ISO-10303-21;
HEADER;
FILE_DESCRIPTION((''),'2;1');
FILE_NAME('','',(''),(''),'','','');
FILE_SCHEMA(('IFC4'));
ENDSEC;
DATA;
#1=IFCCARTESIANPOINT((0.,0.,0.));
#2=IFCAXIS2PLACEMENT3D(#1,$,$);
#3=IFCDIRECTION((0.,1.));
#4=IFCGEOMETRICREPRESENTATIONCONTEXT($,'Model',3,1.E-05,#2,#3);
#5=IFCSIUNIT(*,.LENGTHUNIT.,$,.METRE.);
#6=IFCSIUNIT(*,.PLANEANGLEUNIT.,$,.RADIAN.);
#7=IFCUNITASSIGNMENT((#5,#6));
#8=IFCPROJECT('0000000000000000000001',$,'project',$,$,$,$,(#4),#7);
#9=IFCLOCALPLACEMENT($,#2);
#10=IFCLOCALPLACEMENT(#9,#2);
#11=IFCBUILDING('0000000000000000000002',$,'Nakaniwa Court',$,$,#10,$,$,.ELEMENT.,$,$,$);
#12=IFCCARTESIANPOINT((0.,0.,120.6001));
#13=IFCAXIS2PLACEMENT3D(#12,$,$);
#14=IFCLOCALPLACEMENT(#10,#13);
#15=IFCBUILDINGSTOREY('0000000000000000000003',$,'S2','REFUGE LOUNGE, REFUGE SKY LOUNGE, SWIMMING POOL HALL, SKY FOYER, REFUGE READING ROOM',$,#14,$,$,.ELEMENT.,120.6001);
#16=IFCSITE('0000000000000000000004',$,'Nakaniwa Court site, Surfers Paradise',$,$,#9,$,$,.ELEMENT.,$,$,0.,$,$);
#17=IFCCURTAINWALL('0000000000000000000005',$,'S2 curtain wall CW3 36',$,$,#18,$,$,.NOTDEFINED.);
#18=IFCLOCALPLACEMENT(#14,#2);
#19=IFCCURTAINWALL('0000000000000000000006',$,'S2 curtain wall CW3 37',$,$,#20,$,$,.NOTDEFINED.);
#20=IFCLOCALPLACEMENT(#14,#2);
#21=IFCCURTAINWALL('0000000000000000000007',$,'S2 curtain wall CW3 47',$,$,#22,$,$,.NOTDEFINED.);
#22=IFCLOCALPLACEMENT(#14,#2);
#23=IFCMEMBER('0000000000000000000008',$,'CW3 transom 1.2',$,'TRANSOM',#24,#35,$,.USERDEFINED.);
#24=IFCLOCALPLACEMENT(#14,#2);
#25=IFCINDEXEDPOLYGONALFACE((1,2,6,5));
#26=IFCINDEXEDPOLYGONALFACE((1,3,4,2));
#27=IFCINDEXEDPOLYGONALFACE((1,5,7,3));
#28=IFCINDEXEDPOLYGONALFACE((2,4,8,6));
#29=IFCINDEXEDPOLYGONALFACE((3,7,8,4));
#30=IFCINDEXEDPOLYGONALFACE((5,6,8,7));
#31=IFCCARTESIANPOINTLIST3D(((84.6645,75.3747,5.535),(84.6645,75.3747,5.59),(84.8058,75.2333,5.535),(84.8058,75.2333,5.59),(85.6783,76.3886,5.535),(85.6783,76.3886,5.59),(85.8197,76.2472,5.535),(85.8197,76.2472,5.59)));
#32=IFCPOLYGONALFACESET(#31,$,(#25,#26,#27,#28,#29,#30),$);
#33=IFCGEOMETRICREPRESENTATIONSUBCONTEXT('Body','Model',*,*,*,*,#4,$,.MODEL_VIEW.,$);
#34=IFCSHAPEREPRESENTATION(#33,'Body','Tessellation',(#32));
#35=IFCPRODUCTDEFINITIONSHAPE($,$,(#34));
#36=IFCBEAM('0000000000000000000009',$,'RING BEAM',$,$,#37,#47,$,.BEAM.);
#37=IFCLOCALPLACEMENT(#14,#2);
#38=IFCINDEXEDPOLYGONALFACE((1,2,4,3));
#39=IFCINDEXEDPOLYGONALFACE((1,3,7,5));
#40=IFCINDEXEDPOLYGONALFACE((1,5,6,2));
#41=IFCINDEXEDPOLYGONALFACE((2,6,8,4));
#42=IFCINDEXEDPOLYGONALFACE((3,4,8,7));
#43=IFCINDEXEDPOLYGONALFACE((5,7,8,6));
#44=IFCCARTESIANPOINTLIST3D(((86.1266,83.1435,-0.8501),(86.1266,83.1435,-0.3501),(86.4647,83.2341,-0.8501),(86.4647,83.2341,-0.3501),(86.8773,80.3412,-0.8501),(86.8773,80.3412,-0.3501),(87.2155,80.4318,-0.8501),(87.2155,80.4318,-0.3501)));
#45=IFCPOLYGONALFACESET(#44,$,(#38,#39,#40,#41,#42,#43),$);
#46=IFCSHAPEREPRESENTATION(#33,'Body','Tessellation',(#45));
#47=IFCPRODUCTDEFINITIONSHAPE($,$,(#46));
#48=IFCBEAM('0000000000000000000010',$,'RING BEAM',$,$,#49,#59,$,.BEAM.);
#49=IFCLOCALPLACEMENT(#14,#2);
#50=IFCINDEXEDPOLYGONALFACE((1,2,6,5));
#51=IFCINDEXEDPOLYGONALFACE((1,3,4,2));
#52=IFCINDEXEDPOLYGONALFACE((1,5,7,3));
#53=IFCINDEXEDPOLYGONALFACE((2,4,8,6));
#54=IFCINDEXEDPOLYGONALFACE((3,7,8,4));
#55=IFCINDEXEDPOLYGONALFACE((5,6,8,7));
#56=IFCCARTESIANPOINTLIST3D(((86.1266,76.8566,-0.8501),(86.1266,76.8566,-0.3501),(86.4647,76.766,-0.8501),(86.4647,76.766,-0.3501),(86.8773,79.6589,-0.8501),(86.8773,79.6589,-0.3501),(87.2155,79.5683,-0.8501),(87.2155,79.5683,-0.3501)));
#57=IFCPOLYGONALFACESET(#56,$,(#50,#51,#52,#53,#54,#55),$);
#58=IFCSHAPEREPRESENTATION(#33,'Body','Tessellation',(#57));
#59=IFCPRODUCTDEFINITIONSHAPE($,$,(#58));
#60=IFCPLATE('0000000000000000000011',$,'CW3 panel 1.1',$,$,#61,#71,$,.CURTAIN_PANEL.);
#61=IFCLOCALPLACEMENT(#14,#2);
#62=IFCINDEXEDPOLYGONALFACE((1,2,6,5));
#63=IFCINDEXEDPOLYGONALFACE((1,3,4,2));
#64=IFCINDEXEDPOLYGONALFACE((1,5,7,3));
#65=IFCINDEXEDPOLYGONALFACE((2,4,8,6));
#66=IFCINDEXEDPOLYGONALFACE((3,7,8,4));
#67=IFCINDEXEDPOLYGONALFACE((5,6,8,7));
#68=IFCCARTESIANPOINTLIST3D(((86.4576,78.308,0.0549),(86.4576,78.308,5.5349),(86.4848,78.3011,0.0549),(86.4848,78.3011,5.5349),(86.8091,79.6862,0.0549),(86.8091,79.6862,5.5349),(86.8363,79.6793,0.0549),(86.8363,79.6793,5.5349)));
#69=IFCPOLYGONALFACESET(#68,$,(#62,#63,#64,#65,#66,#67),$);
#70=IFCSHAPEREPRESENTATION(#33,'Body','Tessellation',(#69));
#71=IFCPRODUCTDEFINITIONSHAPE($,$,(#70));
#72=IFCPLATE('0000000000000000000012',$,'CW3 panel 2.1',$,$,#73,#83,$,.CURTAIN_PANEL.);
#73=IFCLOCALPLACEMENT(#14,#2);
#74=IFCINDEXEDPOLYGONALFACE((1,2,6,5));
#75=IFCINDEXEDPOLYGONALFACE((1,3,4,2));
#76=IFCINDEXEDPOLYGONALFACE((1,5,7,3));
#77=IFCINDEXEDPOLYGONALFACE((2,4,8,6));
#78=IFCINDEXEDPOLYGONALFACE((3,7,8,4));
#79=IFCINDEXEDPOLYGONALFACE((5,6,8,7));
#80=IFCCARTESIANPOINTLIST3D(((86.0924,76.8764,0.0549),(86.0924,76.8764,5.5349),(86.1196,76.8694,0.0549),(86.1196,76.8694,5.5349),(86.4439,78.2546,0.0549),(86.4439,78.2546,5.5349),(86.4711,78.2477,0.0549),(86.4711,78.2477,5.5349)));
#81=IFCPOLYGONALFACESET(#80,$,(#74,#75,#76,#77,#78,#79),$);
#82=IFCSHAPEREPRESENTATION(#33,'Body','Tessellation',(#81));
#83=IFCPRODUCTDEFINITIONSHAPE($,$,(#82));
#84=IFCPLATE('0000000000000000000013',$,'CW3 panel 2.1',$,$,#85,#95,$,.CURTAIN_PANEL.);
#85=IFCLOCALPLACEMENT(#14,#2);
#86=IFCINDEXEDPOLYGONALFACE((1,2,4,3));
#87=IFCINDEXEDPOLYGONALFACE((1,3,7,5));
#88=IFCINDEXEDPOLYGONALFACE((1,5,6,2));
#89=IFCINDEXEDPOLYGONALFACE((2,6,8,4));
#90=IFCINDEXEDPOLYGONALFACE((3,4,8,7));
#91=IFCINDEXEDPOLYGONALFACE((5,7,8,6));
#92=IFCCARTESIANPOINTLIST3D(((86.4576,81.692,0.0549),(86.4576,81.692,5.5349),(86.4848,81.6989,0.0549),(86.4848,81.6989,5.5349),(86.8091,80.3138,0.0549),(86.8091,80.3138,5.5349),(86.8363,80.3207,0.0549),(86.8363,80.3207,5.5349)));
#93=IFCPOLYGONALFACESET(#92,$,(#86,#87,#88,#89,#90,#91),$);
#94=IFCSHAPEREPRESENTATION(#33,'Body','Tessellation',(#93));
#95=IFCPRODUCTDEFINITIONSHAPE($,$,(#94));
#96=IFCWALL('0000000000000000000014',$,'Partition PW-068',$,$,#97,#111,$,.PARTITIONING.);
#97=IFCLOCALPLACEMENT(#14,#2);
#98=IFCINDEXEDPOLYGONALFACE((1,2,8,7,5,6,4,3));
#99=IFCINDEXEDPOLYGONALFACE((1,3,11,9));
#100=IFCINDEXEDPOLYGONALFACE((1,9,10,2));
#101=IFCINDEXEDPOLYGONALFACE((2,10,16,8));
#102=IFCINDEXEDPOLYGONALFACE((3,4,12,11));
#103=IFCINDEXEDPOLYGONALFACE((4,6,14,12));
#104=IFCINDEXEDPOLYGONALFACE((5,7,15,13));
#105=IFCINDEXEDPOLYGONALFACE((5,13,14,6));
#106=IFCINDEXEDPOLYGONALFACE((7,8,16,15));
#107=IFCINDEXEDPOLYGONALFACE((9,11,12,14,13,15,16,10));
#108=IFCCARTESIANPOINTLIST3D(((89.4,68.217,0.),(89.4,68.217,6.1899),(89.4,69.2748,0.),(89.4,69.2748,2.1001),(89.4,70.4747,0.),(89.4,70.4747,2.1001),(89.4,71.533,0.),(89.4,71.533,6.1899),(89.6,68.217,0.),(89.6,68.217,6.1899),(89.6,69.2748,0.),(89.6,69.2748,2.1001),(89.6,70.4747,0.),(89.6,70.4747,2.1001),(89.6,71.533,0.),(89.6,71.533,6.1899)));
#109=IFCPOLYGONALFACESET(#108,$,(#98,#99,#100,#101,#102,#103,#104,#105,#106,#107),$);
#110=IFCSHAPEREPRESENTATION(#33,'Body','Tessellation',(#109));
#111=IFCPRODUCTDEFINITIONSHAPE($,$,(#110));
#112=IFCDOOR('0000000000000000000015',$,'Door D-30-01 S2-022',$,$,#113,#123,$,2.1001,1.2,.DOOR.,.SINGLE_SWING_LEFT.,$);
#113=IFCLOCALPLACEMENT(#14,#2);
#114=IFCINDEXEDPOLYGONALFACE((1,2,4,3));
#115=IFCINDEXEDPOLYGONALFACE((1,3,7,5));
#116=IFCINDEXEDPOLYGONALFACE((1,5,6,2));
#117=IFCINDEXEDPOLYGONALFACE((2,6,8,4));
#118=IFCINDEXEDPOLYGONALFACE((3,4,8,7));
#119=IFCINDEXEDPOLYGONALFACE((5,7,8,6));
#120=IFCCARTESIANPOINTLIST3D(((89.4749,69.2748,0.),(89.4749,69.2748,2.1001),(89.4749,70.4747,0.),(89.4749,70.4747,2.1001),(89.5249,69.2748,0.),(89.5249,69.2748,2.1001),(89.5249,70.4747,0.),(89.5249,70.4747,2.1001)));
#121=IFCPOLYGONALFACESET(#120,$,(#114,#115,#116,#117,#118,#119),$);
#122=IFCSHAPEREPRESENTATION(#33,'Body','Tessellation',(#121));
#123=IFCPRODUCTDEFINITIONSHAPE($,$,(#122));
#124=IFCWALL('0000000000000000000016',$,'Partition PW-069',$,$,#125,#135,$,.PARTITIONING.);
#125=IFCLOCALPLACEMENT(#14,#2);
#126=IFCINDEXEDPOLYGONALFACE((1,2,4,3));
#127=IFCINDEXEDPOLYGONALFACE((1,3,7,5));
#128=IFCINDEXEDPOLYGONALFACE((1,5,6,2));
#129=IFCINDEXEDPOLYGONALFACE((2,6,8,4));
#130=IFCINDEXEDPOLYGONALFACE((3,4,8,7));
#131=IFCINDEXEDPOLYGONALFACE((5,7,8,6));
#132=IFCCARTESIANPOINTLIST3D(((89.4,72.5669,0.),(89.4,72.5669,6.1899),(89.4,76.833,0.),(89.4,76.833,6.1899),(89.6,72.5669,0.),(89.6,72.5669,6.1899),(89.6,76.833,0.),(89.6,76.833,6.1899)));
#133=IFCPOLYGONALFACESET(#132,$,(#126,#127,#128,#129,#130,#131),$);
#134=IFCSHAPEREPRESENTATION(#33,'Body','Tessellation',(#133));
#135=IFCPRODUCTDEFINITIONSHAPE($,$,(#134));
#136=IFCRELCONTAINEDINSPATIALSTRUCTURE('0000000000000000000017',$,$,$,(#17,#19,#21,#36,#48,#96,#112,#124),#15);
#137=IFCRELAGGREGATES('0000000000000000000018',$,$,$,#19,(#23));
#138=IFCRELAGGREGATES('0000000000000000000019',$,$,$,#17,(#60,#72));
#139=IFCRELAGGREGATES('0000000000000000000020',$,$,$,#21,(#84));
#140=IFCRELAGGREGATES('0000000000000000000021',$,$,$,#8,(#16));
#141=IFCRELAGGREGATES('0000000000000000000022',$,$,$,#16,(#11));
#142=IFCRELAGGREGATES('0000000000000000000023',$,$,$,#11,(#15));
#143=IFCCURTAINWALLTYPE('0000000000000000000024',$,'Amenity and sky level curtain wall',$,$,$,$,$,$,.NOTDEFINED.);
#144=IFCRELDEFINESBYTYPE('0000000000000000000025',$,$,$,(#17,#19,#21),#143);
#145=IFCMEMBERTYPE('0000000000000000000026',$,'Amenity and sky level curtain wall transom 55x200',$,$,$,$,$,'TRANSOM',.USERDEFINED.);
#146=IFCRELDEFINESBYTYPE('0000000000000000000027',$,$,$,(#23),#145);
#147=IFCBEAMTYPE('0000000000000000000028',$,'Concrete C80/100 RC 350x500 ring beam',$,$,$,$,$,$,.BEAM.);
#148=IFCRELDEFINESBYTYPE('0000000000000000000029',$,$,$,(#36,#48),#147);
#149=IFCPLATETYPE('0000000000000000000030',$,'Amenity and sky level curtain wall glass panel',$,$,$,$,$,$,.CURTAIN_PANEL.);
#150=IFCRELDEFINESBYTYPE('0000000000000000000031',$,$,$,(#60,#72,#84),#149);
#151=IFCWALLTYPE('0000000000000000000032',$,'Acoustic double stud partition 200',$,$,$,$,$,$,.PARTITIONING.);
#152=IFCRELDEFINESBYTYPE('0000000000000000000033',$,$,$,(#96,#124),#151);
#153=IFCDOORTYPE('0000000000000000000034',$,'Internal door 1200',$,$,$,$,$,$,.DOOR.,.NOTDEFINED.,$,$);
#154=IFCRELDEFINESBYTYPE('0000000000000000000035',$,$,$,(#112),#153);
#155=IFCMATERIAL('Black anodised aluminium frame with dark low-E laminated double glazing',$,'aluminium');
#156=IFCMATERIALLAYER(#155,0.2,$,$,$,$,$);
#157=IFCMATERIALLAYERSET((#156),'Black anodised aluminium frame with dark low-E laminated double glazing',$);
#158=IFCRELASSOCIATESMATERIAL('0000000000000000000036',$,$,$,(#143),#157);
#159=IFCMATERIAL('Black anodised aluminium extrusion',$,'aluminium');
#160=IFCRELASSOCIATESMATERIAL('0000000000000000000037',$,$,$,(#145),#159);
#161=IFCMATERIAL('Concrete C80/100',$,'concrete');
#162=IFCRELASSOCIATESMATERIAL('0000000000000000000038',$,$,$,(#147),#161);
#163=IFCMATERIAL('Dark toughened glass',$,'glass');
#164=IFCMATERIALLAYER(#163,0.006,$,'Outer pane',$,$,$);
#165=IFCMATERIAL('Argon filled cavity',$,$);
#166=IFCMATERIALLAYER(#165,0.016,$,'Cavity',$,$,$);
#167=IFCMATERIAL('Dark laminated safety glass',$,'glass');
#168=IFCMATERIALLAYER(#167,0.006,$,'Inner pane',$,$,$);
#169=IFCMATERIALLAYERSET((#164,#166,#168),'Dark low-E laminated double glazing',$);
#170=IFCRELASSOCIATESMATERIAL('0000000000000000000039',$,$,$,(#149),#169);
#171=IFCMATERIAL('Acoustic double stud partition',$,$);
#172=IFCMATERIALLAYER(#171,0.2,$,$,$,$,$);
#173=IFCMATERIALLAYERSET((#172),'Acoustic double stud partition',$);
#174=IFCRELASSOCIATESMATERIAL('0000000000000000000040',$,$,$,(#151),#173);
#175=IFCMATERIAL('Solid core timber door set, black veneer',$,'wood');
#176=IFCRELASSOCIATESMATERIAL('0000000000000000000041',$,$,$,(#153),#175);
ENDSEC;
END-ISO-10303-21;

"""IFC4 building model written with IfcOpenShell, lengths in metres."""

from ifc_helpers import new_model, si_unit, direction, frame, frame_2d, origin, origin_2d, place, context, subcontext, project, spatial, rectangle, extrude, material, layer, layer_set, material_profile, profile_set, type_object, element, fill, aggregate, save


model = new_model("IFC4")

# Units and contexts
model_context = context("Model", 3, precision=1e-05, world=origin(), true_north=direction((0.0, 1.0)))
body_context = subcontext(model_context, "Body", "Model", "MODEL_VIEW")
ifc_project = project(units=[si_unit("LENGTHUNIT", "METRE"), si_unit("PLANEANGLEUNIT", "RADIAN")], contexts=[model_context])

# Site, building, storey
site_placement = place(None, origin())
site = spatial("IfcSite", under=ifc_project, at=site_placement, Name="Nakaniwa Court site, Surfers Paradise", CompositionType="ELEMENT", RefElevation=0.0)
building_placement = place(site_placement, origin())
building = spatial("IfcBuilding", under=site, at=building_placement, Name="Nakaniwa Court", CompositionType="ELEMENT")
storey_placement = place(building_placement, frame((0.0, 0.0, 120.6001)))
storey = spatial("IfcBuildingStorey", under=building, at=storey_placement, Name="S2", Description="REFUGE LOUNGE, REFUGE SKY LOUNGE, SWIMMING POOL HALL, SKY FOYER, REFUGE READING ROOM", CompositionType="ELEMENT", Elevation=120.6001)

# Shared definitions
ifc_material_1 = material(Name="Concrete C80/100", Category="concrete")

# Curtain wall
ifc_material_2 = material(Name="Black anodised aluminium frame with dark low-E laminated double glazing", Category="aluminium")
ifc_layer_1 = layer(ifc_material_2, 0.2)
ifc_layer_set_1 = layer_set([ifc_layer_1], Name="Black anodised aluminium frame with dark low-E laminated double glazing")
curtain_wall_type = type_object("IfcCurtainWallType", Name="Amenity and sky level curtain wall", PredefinedType="NOTDEFINED", material=ifc_layer_set_1)
curtain_wall_1_placement = place(storey_placement, origin())
curtain_wall_1 = element("IfcCurtainWall", 1, at=curtain_wall_1_placement, inside=storey, type_object=curtain_wall_type, Name="S2 curtain wall CW3 36", PredefinedType="NOTDEFINED")
ifc_material_3 = material(Name="Black anodised aluminium extrusion", Category="aluminium")

# Curtain walls
curtain_wall_2_placement = place(storey_placement, origin())
curtain_wall_2 = element("IfcCurtainWall", 2, at=curtain_wall_2_placement, inside=storey, type_object=curtain_wall_type, Name="S2 curtain wall CW3 37", PredefinedType="NOTDEFINED")
curtain_wall_3_placement = place(storey_placement, origin())
curtain_wall_3 = element("IfcCurtainWall", 3, at=curtain_wall_3_placement, inside=storey, type_object=curtain_wall_type, Name="S2 curtain wall CW3 47", PredefinedType="NOTDEFINED")

# Member
ifc_material_profile_1 = material_profile(ifc_material_3, rectangle(XDim=0.2, YDim=0.0549, at=origin_2d()), Name="Amenity and sky level curtain wall transom 55x200")
ifc_profile_set_1 = profile_set([ifc_material_profile_1], Name="Black anodised aluminium extrusion")
member_type_1 = type_object("IfcMemberType", Name="Amenity and sky level curtain wall transom 55x200", ElementType="TRANSOM", PredefinedType="USERDEFINED", material=ifc_profile_set_1)
member_1_placement = place(storey_placement, frame((85.749, 76.3179, 5.5625), z_axis=(-0.707107, -0.707107, 0.0), x_axis=(0.707107, -0.707107, 0.0)))
member_1 = element("IfcMember", 4, at=member_1_placement, type_object=member_type_1, Name="CW3 transom 1.2", ObjectType="TRANSOM", PredefinedType="USERDEFINED", context=body_context, shape_type="SweptSolid", body=[
    extrude(rectangle(XDim=0.2, YDim=0.0549, at=origin_2d()), origin(), (0.0, 0.0, 1.0), 1.4338),
])
aggregate(curtain_wall_2, [member_1])

# Beams
ifc_material_profile_2 = material_profile(ifc_material_1, rectangle(XDim=0.3501, YDim=0.5, at=origin_2d()), Name="Concrete C80/100 RC 350x500 ring beam")
ifc_profile_set_2 = profile_set([ifc_material_profile_2], Name="Concrete C80/100")
beam_type = type_object("IfcBeamType", Name="Concrete C80/100 RC 350x500 ring beam", PredefinedType="BEAM", material=ifc_profile_set_2)
for number, where, z_axis, x_axis, name in (
    (5, (87.0464, 80.3865, -0.6001), (-0.258778, 0.965937, 0.0), (-0.965937, -0.258778, 0.0), "RING BEAM"),
    (6, (86.2957, 76.8113, -0.6001), (0.258778, 0.965937, 0.0), (-0.965937, 0.258778, 0.0), "RING BEAM"),
):
    element("IfcBeam", number, at=place(storey_placement, frame(where, z_axis=z_axis, x_axis=x_axis)), inside=storey, type_object=beam_type, Name=name, PredefinedType="BEAM", context=body_context, shape_type="SweptSolid", body=[
        extrude(rectangle(XDim=0.3501, YDim=0.5, at=origin_2d()), origin(), (0.0, 0.0, 1.0), 2.9011),
    ])

# Plates
ifc_material_4 = material(Name="Dark toughened glass", Category="glass")
ifc_layer_2 = layer(ifc_material_4, 0.006, Name="Outer pane")
ifc_material_5 = material(Name="Argon filled cavity")
ifc_layer_3 = layer(ifc_material_5, 0.016, Name="Cavity")
ifc_material_6 = material(Name="Dark laminated safety glass", Category="glass")
ifc_layer_4 = layer(ifc_material_6, 0.006, Name="Inner pane")
ifc_layer_set_2 = layer_set([ifc_layer_2, ifc_layer_3, ifc_layer_4], Name="Dark low-E laminated double glazing")
plate_type = type_object("IfcPlateType", Name="Amenity and sky level curtain wall glass panel", PredefinedType="CURTAIN_PANEL", material=ifc_layer_set_2)
plate_1_placement = place(storey_placement, frame((86.647, 78.9937, 0.0549), z_axis=(0.0, 0.0, 1.0), x_axis=(-0.247114, -0.968986, 0.0)))
plate_1 = element("IfcPlate", 7, at=plate_1_placement, type_object=plate_type, Name="CW3 panel 1.1", PredefinedType="CURTAIN_PANEL", context=body_context, shape_type="SweptSolid", body=[
    extrude(rectangle(XDim=1.4224, YDim=0.0281, at=origin_2d()), origin(), (0.0, 0.0, 1.0), 5.48),
])
plate_2_placement = place(storey_placement, frame((86.2817, 77.562, 0.0549), z_axis=(0.0, 0.0, 1.0), x_axis=(-0.247114, -0.968986, 0.0)))
plate_2 = element("IfcPlate", 8, at=plate_2_placement, type_object=plate_type, Name="CW3 panel 2.1", PredefinedType="CURTAIN_PANEL", context=body_context, shape_type="SweptSolid", body=[
    extrude(rectangle(XDim=1.4224, YDim=0.0281, at=origin_2d()), origin(), (0.0, 0.0, 1.0), 5.48),
])
aggregate(curtain_wall_1, [plate_1, plate_2])
plate_3_placement = place(storey_placement, frame((86.647, 81.0063, 0.0549), z_axis=(0.0, 0.0, 1.0), x_axis=(0.247114, -0.968986, 0.0)))
plate_3 = element("IfcPlate", 9, at=plate_3_placement, type_object=plate_type, Name="CW3 panel 2.1", PredefinedType="CURTAIN_PANEL", context=body_context, shape_type="SweptSolid", body=[
    extrude(rectangle(XDim=1.4224, YDim=0.0281, at=origin_2d()), origin(), (0.0, 0.0, 1.0), 5.48),
])
aggregate(curtain_wall_3, [plate_3])

# Wall, opening, door
ifc_material_7 = material(Name="Acoustic double stud partition")
ifc_layer_5 = layer(ifc_material_7, 0.2)
ifc_layer_set_3 = layer_set([ifc_layer_5], Name="Acoustic double stud partition")
wall_type_1 = type_object("IfcWallType", Name="Acoustic double stud partition 200", PredefinedType="PARTITIONING", material=ifc_layer_set_3)
wall_1_placement = place(storey_placement, frame((89.5, 71.533, 0.0), z_axis=(0.0, 0.0, 1.0), x_axis=(0.0, -1.0, 0.0)))
wall_1 = element("IfcWall", 10, at=wall_1_placement, inside=storey, type_object=wall_type_1, Name="Partition PW-068", PredefinedType="PARTITIONING", context=body_context, shape_type="SweptSolid", body=[
    extrude(rectangle(XDim=3.3159, YDim=0.2, at=frame_2d((1.658, 0.0))), origin(), (0.0, 0.0, 1.0), 6.1899),
])
opening_1_placement = place(wall_1_placement, frame((1.0581, 0.0, 0.0)))
opening_1 = element("IfcOpeningElement", 11, at=opening_1_placement, cuts=wall_1, PredefinedType="OPENING", context=body_context, shape_type="SweptSolid", body=[
    extrude(rectangle(XDim=1.2, YDim=2.1001, at=frame_2d((0.6001, 1.05))), frame((0.0, 0.1099, 0.0), z_axis=(0.0, -1.0, 0.0), x_axis=(1.0, 0.0, 0.0)), (0.0, 0.0, 1.0), 0.22),
])
ifc_material_8 = material(Name="Solid core timber door set, black veneer", Category="wood")
door_type_1 = type_object("IfcDoorType", Name="Internal door 1200", OperationType="NOTDEFINED", PredefinedType="DOOR", material=ifc_material_8)
door_1_placement = place(opening_1_placement, origin())
door_1 = element("IfcDoor", 12, at=door_1_placement, inside=storey, type_object=door_type_1, Name="Door D-30-01 S2-022", OperationType="SINGLE_SWING_LEFT", OverallHeight=2.1001, OverallWidth=1.2, PredefinedType="DOOR", context=body_context, shape_type="SweptSolid", body=[
    extrude(rectangle(XDim=1.2, YDim=2.1001, at=frame_2d((0.6001, 1.05))), frame((0.0, 0.0249, 0.0), z_axis=(0.0, -1.0, 0.0), x_axis=(1.0, 0.0, 0.0)), (0.0, 0.0, 1.0), 0.05),
])
fill(opening_1, door_1)

# Wall
wall_2_placement = place(storey_placement, frame((89.5, 72.5669, 0.0), z_axis=(0.0, 0.0, 1.0), x_axis=(0.0, 1.0, 0.0)))
element("IfcWall", 13, at=wall_2_placement, inside=storey, type_object=wall_type_1, Name="Partition PW-069", PredefinedType="PARTITIONING", context=body_context, shape_type="SweptSolid", body=[
    extrude(rectangle(XDim=4.2661, YDim=0.2, at=frame_2d((2.1331, 0.0))), origin(), (0.0, 0.0, 1.0), 6.1899),
])

save(model, "model.ifc")
